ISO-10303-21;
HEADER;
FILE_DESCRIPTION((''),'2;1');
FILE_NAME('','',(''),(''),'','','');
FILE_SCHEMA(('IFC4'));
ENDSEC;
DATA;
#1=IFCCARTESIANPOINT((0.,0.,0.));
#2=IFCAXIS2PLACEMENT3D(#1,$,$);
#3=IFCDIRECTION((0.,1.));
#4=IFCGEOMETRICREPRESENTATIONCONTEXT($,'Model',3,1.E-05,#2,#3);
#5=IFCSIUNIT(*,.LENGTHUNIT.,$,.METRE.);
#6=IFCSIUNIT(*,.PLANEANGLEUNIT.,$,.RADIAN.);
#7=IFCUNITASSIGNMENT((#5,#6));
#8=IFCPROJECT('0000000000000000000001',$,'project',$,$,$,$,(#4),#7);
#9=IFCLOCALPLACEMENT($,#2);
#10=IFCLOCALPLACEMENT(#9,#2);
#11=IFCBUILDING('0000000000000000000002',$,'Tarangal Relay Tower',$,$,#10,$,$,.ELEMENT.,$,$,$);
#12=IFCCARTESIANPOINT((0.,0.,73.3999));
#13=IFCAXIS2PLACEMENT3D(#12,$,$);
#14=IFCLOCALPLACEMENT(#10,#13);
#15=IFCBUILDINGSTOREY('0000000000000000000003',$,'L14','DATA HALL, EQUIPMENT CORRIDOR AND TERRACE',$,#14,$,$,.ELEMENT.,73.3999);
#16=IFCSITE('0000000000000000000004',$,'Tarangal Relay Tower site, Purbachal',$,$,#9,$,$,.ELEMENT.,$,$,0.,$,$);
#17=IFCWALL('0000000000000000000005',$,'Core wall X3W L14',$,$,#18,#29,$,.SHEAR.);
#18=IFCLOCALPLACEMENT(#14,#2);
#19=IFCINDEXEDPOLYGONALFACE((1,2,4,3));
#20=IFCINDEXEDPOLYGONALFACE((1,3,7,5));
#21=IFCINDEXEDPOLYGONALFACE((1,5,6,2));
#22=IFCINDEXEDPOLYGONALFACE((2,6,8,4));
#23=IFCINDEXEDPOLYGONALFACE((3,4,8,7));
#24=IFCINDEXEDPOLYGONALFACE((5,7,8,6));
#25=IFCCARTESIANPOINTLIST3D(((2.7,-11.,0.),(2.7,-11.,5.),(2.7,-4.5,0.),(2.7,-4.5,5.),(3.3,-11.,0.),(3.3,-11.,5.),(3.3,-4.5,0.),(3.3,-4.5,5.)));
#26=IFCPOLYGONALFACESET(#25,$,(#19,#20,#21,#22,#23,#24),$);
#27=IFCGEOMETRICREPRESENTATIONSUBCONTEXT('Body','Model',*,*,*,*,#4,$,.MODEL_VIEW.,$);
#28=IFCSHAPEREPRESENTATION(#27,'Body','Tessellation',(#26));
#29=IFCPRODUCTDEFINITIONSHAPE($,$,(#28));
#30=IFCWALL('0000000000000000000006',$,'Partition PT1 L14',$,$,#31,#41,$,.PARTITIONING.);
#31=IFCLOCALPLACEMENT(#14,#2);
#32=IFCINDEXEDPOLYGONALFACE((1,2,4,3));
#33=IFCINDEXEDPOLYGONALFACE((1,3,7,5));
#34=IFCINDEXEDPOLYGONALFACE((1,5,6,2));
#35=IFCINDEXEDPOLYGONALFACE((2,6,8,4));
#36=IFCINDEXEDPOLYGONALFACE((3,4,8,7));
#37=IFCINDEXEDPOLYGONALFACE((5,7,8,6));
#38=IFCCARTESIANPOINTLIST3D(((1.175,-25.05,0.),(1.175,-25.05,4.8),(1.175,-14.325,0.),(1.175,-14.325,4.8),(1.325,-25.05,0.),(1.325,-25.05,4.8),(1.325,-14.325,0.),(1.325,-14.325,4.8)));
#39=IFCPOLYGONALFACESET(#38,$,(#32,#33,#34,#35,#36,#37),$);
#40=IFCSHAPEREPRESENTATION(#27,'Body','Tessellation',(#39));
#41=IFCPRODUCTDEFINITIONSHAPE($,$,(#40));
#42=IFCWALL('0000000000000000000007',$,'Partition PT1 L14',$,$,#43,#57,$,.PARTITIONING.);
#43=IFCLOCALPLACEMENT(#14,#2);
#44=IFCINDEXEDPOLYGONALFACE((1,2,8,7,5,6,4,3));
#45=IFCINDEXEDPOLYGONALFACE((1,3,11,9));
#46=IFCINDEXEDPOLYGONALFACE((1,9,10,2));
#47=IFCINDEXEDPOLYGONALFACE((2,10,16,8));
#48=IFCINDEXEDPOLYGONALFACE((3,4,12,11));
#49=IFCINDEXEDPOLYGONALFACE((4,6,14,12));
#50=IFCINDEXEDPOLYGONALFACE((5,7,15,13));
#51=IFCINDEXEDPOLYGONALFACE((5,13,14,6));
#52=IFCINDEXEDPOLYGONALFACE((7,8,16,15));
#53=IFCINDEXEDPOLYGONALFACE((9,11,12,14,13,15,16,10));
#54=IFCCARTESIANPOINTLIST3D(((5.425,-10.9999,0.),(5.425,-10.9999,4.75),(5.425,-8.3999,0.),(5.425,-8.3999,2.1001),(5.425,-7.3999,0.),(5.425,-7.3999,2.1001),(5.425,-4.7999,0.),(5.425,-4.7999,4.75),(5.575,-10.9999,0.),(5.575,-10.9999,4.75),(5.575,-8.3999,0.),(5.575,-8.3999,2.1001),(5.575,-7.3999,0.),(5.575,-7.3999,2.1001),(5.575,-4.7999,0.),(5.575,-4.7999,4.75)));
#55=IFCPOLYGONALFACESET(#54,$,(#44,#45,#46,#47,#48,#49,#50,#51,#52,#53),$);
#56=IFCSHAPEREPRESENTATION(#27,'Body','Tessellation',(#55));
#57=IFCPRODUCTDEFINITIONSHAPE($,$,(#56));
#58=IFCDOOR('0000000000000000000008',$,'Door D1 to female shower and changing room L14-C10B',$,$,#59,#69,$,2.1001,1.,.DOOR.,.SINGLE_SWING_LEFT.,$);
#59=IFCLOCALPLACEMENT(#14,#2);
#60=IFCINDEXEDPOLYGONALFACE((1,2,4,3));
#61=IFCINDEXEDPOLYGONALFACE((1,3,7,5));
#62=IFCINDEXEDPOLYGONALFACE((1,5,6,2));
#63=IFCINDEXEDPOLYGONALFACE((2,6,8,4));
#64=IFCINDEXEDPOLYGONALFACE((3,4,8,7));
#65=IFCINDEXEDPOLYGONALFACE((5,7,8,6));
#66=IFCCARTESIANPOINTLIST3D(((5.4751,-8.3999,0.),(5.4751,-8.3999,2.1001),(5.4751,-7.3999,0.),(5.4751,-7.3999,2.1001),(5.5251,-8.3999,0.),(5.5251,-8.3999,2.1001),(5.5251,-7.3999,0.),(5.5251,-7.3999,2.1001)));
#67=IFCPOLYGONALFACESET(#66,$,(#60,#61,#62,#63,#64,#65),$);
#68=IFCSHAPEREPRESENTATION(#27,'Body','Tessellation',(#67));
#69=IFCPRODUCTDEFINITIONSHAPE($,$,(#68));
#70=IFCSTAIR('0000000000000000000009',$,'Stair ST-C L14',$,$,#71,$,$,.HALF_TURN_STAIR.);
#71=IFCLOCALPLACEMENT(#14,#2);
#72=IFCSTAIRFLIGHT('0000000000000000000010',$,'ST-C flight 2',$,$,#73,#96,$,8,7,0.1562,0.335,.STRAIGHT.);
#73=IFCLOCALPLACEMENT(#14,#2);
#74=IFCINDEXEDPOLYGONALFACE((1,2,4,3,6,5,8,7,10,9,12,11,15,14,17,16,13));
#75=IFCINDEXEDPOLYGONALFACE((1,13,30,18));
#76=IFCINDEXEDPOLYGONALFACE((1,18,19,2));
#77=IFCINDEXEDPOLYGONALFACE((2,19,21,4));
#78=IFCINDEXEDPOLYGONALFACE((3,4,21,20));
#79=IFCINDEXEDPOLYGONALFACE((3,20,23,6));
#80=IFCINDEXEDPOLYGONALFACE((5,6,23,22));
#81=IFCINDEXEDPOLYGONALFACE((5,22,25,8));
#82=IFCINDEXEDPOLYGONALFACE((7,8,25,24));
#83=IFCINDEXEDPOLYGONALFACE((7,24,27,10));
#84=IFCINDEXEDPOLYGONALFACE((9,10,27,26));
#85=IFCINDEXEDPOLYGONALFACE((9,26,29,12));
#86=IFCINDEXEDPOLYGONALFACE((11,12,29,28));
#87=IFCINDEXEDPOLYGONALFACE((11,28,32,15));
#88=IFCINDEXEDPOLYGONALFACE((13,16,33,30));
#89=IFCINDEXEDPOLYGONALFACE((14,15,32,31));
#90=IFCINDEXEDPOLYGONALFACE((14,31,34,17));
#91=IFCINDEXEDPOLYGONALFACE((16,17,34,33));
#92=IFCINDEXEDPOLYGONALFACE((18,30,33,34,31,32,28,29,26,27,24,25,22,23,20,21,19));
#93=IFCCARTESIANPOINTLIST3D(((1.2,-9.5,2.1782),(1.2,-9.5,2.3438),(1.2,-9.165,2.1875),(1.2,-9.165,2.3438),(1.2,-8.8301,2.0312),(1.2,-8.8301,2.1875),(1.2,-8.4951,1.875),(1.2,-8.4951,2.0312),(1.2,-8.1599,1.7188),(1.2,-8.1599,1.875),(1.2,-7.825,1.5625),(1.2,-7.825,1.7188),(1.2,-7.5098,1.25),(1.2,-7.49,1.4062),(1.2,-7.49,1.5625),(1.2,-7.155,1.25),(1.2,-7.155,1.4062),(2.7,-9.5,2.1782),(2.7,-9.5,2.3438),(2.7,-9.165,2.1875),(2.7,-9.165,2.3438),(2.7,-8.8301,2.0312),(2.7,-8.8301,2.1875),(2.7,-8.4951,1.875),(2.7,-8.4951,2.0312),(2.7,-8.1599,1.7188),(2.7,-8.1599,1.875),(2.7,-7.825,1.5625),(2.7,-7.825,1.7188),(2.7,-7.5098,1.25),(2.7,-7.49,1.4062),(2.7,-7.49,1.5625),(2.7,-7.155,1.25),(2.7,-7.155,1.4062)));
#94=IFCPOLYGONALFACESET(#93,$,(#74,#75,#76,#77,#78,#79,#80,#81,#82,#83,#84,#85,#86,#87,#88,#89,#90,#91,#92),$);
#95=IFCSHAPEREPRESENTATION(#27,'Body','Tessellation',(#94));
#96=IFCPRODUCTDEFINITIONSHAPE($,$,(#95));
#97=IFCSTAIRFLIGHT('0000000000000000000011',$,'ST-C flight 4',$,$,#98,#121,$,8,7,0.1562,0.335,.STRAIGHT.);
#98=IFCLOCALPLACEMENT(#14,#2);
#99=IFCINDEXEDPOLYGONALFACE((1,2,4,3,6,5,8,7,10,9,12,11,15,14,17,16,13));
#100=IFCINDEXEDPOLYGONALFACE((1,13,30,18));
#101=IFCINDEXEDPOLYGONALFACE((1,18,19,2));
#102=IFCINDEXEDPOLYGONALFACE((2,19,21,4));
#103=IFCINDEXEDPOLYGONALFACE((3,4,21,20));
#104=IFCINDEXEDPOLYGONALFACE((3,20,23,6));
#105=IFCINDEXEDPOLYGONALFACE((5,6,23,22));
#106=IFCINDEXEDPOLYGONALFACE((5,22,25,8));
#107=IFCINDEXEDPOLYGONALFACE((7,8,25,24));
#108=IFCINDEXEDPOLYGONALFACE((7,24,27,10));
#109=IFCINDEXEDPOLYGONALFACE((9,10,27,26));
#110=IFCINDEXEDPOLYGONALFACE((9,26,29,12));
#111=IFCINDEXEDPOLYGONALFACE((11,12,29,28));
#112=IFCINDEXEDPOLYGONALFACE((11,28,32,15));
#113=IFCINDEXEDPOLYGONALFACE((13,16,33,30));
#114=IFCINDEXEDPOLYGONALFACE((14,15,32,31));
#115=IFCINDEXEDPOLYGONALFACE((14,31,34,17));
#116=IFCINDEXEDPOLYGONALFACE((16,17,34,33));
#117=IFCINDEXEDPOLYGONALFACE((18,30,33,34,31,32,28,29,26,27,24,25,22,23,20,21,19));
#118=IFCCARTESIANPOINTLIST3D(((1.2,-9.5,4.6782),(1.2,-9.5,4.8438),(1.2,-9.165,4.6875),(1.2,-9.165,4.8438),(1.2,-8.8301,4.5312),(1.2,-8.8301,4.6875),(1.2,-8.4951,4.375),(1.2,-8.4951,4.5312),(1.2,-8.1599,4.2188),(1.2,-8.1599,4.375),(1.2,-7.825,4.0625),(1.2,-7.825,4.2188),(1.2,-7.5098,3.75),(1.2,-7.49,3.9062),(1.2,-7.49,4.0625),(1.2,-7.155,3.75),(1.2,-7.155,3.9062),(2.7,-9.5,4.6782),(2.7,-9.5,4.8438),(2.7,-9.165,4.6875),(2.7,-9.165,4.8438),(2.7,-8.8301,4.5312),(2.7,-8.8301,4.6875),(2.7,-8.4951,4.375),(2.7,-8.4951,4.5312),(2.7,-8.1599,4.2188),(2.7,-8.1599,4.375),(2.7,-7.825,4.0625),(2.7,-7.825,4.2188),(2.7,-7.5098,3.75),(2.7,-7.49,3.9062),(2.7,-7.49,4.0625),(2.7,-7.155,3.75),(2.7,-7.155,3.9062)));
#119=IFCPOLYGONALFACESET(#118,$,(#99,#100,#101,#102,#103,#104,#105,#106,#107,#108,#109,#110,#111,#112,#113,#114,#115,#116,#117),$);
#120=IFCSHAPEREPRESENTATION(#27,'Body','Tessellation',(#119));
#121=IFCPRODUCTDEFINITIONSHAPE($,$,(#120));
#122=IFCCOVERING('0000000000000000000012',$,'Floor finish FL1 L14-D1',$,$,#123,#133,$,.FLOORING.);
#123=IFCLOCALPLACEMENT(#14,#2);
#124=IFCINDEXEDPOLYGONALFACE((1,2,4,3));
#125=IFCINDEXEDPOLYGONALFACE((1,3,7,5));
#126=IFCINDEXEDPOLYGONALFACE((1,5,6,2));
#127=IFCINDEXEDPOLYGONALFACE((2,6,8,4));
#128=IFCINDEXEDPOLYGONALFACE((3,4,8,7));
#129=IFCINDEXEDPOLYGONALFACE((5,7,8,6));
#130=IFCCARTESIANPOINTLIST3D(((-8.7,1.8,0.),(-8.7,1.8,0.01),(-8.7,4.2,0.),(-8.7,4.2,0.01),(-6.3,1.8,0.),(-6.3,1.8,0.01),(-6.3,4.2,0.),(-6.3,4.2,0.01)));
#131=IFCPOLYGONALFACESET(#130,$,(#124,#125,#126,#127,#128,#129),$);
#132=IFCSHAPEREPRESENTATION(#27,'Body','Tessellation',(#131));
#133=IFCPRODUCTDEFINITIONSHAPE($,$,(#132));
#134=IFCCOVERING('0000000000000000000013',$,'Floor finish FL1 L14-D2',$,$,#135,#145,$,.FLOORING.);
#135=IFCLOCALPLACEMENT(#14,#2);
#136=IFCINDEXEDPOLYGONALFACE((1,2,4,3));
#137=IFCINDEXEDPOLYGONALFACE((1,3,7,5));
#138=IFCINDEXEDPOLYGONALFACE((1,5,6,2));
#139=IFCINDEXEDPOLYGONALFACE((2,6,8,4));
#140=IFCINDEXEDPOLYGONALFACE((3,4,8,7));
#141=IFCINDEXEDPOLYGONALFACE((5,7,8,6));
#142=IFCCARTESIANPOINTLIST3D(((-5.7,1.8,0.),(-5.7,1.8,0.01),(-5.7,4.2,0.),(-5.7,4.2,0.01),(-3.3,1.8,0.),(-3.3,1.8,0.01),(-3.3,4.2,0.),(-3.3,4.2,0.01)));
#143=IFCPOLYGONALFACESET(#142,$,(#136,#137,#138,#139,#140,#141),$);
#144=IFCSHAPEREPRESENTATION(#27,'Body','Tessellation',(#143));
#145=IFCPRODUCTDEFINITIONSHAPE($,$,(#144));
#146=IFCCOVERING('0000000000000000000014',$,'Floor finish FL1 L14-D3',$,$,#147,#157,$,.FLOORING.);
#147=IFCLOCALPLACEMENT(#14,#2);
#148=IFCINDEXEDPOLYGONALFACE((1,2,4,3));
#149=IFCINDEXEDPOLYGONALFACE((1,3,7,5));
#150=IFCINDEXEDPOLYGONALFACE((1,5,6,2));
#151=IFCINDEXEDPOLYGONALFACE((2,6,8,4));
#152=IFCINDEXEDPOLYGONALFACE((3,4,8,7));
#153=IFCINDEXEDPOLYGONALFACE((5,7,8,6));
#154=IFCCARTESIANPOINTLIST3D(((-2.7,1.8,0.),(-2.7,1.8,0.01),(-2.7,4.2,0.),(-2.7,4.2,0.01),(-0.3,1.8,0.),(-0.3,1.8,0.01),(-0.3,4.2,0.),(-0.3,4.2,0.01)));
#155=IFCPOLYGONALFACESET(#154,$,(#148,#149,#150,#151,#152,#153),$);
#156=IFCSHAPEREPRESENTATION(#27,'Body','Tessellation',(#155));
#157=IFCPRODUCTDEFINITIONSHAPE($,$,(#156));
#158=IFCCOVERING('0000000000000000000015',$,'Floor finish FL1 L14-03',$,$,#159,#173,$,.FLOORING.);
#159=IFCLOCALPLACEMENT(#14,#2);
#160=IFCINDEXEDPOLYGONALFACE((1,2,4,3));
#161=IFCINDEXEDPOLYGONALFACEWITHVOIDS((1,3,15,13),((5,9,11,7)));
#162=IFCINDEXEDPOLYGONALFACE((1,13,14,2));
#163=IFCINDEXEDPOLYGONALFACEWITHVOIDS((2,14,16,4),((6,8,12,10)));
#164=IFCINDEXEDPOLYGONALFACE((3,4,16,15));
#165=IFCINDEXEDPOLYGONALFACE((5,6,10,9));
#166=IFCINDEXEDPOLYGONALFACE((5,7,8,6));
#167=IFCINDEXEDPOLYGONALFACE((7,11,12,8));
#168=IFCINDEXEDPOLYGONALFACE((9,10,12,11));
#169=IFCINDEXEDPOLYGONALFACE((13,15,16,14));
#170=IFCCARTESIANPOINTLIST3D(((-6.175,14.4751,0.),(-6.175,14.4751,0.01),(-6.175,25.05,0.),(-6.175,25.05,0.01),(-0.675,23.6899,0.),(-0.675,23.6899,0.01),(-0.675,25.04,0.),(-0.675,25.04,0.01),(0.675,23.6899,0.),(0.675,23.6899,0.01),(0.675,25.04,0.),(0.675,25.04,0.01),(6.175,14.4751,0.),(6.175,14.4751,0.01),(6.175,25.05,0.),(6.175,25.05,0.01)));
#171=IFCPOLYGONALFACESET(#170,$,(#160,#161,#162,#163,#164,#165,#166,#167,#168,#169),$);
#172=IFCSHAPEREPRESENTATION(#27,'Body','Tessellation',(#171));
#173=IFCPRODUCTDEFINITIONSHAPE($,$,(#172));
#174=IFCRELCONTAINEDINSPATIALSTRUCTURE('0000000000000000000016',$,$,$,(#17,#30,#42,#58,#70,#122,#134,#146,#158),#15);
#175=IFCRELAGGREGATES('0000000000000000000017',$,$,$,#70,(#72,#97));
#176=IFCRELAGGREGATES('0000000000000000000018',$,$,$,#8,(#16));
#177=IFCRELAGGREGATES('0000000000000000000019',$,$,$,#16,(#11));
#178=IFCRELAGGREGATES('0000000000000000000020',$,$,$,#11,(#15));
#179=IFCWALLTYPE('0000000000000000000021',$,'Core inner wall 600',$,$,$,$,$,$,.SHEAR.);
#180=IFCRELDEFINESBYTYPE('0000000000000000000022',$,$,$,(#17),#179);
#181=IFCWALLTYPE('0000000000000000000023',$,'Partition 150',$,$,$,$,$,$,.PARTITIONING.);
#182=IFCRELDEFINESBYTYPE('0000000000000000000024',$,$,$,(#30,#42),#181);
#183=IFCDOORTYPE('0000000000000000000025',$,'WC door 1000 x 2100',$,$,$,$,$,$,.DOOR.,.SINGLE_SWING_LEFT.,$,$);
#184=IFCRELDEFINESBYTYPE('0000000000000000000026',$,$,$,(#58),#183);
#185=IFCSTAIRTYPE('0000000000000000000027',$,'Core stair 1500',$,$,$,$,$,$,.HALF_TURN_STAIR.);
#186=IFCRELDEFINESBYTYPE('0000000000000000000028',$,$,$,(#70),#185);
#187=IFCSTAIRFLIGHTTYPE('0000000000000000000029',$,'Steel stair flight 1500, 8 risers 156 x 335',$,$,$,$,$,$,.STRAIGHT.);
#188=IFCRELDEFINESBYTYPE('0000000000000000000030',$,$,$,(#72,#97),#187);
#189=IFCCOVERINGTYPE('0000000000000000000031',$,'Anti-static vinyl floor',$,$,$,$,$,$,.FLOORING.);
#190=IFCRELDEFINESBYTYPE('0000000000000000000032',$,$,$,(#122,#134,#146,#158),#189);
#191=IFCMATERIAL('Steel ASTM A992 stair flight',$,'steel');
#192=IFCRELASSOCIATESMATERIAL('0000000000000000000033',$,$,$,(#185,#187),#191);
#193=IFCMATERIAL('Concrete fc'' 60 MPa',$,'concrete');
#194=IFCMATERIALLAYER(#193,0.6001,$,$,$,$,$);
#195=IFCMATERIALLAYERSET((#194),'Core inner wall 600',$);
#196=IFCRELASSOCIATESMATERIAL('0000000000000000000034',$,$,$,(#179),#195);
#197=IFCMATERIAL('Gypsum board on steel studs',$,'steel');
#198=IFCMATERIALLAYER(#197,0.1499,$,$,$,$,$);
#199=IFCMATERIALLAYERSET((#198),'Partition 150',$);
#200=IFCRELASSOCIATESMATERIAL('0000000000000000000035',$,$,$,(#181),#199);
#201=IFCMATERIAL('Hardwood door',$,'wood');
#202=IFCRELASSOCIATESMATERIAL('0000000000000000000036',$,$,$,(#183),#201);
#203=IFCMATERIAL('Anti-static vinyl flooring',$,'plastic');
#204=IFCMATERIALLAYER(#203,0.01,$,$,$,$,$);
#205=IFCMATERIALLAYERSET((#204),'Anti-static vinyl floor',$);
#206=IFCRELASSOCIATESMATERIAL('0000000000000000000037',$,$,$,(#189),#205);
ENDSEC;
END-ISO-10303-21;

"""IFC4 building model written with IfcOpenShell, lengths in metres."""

from ifc_helpers import new_model, si_unit, direction, frame, frame_2d, origin, place, context, subcontext, project, spatial, polyline, rectangle, outline, extrude, material, layer, layer_set, type_object, element, fill, aggregate, save


model = new_model("IFC4")

# Units and contexts
model_context = context("Model", 3, precision=1e-05, world=origin(), true_north=direction((0.0, 1.0)))
body_context = subcontext(model_context, "Body", "Model", "MODEL_VIEW")
ifc_project = project(units=[si_unit("LENGTHUNIT", "METRE"), si_unit("PLANEANGLEUNIT", "RADIAN")], contexts=[model_context])

# Site, building, storey
site_placement = place(None, origin())
site = spatial("IfcSite", under=ifc_project, at=site_placement, Name="Tarangal Relay Tower site, Purbachal", CompositionType="ELEMENT", RefElevation=0.0)
building_placement = place(site_placement, origin())
building = spatial("IfcBuilding", under=site, at=building_placement, Name="Tarangal Relay Tower", CompositionType="ELEMENT")
storey_placement = place(building_placement, frame((0.0, 0.0, 73.3999)))
storey = spatial("IfcBuildingStorey", under=building, at=storey_placement, Name="L14", Description="DATA HALL, EQUIPMENT CORRIDOR AND TERRACE", CompositionType="ELEMENT", Elevation=73.3999)

# Shared definitions
ifc_material_1 = material(Name="Steel ASTM A992 stair flight", Category="steel")
stair_type = type_object("IfcStairType", Name="Core stair 1500", PredefinedType="HALF_TURN_STAIR", material=ifc_material_1)

# Walls
ifc_material_2 = material(Name="Concrete fc' 60 MPa", Category="concrete")
ifc_layer_1 = layer(ifc_material_2, 0.6001)
ifc_layer_set_1 = layer_set([ifc_layer_1], Name="Core inner wall 600")
wall_type_1 = type_object("IfcWallType", Name="Core inner wall 600", PredefinedType="SHEAR", material=ifc_layer_set_1)
wall_1_placement = place(storey_placement, frame((3.0, -11.0, 0.0), z_axis=(0.0, 0.0, 1.0), x_axis=(0.0, 1.0, 0.0)))
element("IfcWall", 1, at=wall_1_placement, inside=storey, type_object=wall_type_1, Name="Core wall X3W L14", PredefinedType="SHEAR", context=body_context, shape_type="SweptSolid", body=[
    extrude(rectangle(XDim=6.5, YDim=0.6001, at=frame_2d((3.25, 0.0))), origin(), (0.0, 0.0, 1.0), 5.0),
])
ifc_material_3 = material(Name="Gypsum board on steel studs", Category="steel")
ifc_layer_2 = layer(ifc_material_3, 0.1499)
ifc_layer_set_2 = layer_set([ifc_layer_2], Name="Partition 150")
wall_type_2 = type_object("IfcWallType", Name="Partition 150", PredefinedType="PARTITIONING", material=ifc_layer_set_2)
wall_2_placement = place(storey_placement, frame((1.25, -25.05, 0.0), z_axis=(0.0, 0.0, 1.0), x_axis=(0.0, 1.0, 0.0)))
element("IfcWall", 2, at=wall_2_placement, inside=storey, type_object=wall_type_2, Name="Partition PT1 L14", PredefinedType="PARTITIONING", context=body_context, shape_type="SweptSolid", body=[
    extrude(rectangle(XDim=10.7251, YDim=0.1499, at=frame_2d((5.3625, 0.0))), origin(), (0.0, 0.0, 1.0), 4.8),
])

# Wall, opening, door
wall_3_placement = place(storey_placement, frame((5.5, -11.0, 0.0), z_axis=(0.0, 0.0, 1.0), x_axis=(0.0, 1.0, 0.0)))
wall_3 = element("IfcWall", 3, at=wall_3_placement, inside=storey, type_object=wall_type_2, Name="Partition PT1 L14", PredefinedType="PARTITIONING", context=body_context, shape_type="SweptSolid", body=[
    extrude(rectangle(XDim=6.2, YDim=0.1499, at=frame_2d((3.1001, 0.0))), origin(), (0.0, 0.0, 1.0), 4.75),
])
opening_placement = place(wall_3_placement, frame((2.6001, 0.0, 0.0)))
opening = element("IfcOpeningElement", 4, at=opening_placement, cuts=wall_3, PredefinedType="OPENING", context=body_context, shape_type="SweptSolid", body=[
    extrude(rectangle(XDim=1.0, YDim=2.1001, at=frame_2d((0.5, 1.05))), frame((0.0, 0.085, 0.0), z_axis=(0.0, -1.0, 0.0), x_axis=(1.0, 0.0, 0.0)), (0.0, 0.0, 1.0), 0.1699),
])
ifc_material_4 = material(Name="Hardwood door", Category="wood")
door_type = type_object("IfcDoorType", Name="WC door 1000 x 2100", OperationType="SINGLE_SWING_LEFT", PredefinedType="DOOR", material=ifc_material_4)
door_placement = place(opening_placement, origin())
door = element("IfcDoor", 5, at=door_placement, inside=storey, type_object=door_type, Name="Door D1 to female shower and changing room L14-C10B", OperationType="SINGLE_SWING_LEFT", OverallHeight=2.1001, OverallWidth=1.0, PredefinedType="DOOR", context=body_context, shape_type="SweptSolid", body=[
    extrude(rectangle(XDim=1.0, YDim=2.1001, at=frame_2d((0.5, 1.05))), frame((0.0, 0.0249, 0.0), z_axis=(0.0, -1.0, 0.0), x_axis=(1.0, 0.0, 0.0)), (0.0, 0.0, 1.0), 0.05),
])
fill(opening, door)

# Stair, stair flights
stair_1_placement = place(storey_placement, origin())
stair_1 = element("IfcStair", 6, at=stair_1_placement, inside=storey, type_object=stair_type, Name="Stair ST-C L14", PredefinedType="HALF_TURN_STAIR")
stair_flight_type = type_object("IfcStairFlightType", Name="Steel stair flight 1500, 8 risers 156 x 335", PredefinedType="STRAIGHT", material=ifc_material_1)
stair_flight_1_placement = place(storey_placement, frame((1.95, -7.155, 1.25), z_axis=(0.0, 0.0, 1.0), x_axis=(0.0, -1.0, 0.0)))
stair_flight_1 = element("IfcStairFlight", 7, at=stair_flight_1_placement, type_object=stair_flight_type, Name="ST-C flight 2", NumberOfRisers=8, NumberOfTreads=7, PredefinedType="STRAIGHT", RiserHeight=0.1562, TreadLength=0.335, context=body_context, shape_type="SweptSolid", body=[
    extrude(outline(polyline([(0.0, 0.0), (0.0, 0.1562), (0.335, 0.1562), (0.335, 0.3125), (0.6699, 0.3125), (0.6699, 0.4688), (1.0049, 0.4688), (1.0049, 0.625), (1.3401, 0.625), (1.3401, 0.7812), (1.675, 0.7812), (1.675, 0.9375), (2.01, 0.9375), (2.01, 1.0938), (2.345, 1.0938), (2.345, 1.25), (2.345, 0.9282), (0.3547, 0.0), (0.0, 0.0)])), frame((0.0, 0.75, 0.0), z_axis=(0.0, -1.0, 0.0), x_axis=(1.0, 0.0, 0.0)), (0.0, 0.0, 1.0), 1.5),
])
stair_flight_2_placement = place(storey_placement, frame((1.95, -7.155, 3.75), z_axis=(0.0, 0.0, 1.0), x_axis=(0.0, -1.0, 0.0)))
stair_flight_2 = element("IfcStairFlight", 8, at=stair_flight_2_placement, type_object=stair_flight_type, Name="ST-C flight 4", NumberOfRisers=8, NumberOfTreads=7, PredefinedType="STRAIGHT", RiserHeight=0.1562, TreadLength=0.335, context=body_context, shape_type="SweptSolid", body=[
    extrude(outline(polyline([(0.0, 0.0), (0.0, 0.1562), (0.335, 0.1562), (0.335, 0.3125), (0.6699, 0.3125), (0.6699, 0.4688), (1.0049, 0.4688), (1.0049, 0.625), (1.3401, 0.625), (1.3401, 0.7812), (1.675, 0.7812), (1.675, 0.9375), (2.01, 0.9375), (2.01, 1.0938), (2.345, 1.0938), (2.345, 1.25), (2.345, 0.9282), (0.3547, 0.0), (0.0, 0.0)])), frame((0.0, 0.75, 0.0), z_axis=(0.0, -1.0, 0.0), x_axis=(1.0, 0.0, 0.0)), (0.0, 0.0, 1.0), 1.5),
])
aggregate(stair_1, [stair_flight_1, stair_flight_2])

# Coverings
ifc_material_5 = material(Name="Anti-static vinyl flooring", Category="plastic")
ifc_layer_3 = layer(ifc_material_5, 0.01)
ifc_layer_set_3 = layer_set([ifc_layer_3], Name="Anti-static vinyl floor")
covering_type_1 = type_object("IfcCoveringType", Name="Anti-static vinyl floor", PredefinedType="FLOORING", material=ifc_layer_set_3)
covering_1_placement = place(storey_placement, origin())
element("IfcCovering", 9, at=covering_1_placement, inside=storey, type_object=covering_type_1, Name="Floor finish FL1 L14-D1", PredefinedType="FLOORING", context=body_context, shape_type="SweptSolid", body=[
    extrude(outline(polyline([(-8.7, 1.8), (-6.3, 1.8), (-6.3, 4.2), (-8.7, 4.2), (-8.7, 1.8)])), origin(), (0.0, 0.0, 1.0), 0.01),
])
covering_2_placement = place(storey_placement, origin())
element("IfcCovering", 10, at=covering_2_placement, inside=storey, type_object=covering_type_1, Name="Floor finish FL1 L14-D2", PredefinedType="FLOORING", context=body_context, shape_type="SweptSolid", body=[
    extrude(outline(polyline([(-5.7, 1.8), (-3.3, 1.8), (-3.3, 4.2), (-5.7, 4.2), (-5.7, 1.8)])), origin(), (0.0, 0.0, 1.0), 0.01),
])
covering_3_placement = place(storey_placement, origin())
element("IfcCovering", 11, at=covering_3_placement, inside=storey, type_object=covering_type_1, Name="Floor finish FL1 L14-D3", PredefinedType="FLOORING", context=body_context, shape_type="SweptSolid", body=[
    extrude(outline(polyline([(-2.7, 1.8), (-0.3, 1.8), (-0.3, 4.2), (-2.7, 4.2), (-2.7, 1.8)])), origin(), (0.0, 0.0, 1.0), 0.01),
])
covering_4_placement = place(storey_placement, origin())
element("IfcCovering", 12, at=covering_4_placement, inside=storey, type_object=covering_type_1, Name="Floor finish FL1 L14-03", PredefinedType="FLOORING", context=body_context, shape_type="SweptSolid", body=[
    extrude(outline(polyline([(6.175, 25.05), (-6.175, 25.05), (-6.175, 14.4751), (6.175, 14.4751), (6.175, 25.05)]), holes=[polyline([(0.675, 25.04), (-0.675, 25.04), (-0.675, 23.6899), (0.675, 23.6899), (0.675, 25.04)])]), origin(), (0.0, 0.0, 1.0), 0.01),
])

save(model, "model.ifc")
